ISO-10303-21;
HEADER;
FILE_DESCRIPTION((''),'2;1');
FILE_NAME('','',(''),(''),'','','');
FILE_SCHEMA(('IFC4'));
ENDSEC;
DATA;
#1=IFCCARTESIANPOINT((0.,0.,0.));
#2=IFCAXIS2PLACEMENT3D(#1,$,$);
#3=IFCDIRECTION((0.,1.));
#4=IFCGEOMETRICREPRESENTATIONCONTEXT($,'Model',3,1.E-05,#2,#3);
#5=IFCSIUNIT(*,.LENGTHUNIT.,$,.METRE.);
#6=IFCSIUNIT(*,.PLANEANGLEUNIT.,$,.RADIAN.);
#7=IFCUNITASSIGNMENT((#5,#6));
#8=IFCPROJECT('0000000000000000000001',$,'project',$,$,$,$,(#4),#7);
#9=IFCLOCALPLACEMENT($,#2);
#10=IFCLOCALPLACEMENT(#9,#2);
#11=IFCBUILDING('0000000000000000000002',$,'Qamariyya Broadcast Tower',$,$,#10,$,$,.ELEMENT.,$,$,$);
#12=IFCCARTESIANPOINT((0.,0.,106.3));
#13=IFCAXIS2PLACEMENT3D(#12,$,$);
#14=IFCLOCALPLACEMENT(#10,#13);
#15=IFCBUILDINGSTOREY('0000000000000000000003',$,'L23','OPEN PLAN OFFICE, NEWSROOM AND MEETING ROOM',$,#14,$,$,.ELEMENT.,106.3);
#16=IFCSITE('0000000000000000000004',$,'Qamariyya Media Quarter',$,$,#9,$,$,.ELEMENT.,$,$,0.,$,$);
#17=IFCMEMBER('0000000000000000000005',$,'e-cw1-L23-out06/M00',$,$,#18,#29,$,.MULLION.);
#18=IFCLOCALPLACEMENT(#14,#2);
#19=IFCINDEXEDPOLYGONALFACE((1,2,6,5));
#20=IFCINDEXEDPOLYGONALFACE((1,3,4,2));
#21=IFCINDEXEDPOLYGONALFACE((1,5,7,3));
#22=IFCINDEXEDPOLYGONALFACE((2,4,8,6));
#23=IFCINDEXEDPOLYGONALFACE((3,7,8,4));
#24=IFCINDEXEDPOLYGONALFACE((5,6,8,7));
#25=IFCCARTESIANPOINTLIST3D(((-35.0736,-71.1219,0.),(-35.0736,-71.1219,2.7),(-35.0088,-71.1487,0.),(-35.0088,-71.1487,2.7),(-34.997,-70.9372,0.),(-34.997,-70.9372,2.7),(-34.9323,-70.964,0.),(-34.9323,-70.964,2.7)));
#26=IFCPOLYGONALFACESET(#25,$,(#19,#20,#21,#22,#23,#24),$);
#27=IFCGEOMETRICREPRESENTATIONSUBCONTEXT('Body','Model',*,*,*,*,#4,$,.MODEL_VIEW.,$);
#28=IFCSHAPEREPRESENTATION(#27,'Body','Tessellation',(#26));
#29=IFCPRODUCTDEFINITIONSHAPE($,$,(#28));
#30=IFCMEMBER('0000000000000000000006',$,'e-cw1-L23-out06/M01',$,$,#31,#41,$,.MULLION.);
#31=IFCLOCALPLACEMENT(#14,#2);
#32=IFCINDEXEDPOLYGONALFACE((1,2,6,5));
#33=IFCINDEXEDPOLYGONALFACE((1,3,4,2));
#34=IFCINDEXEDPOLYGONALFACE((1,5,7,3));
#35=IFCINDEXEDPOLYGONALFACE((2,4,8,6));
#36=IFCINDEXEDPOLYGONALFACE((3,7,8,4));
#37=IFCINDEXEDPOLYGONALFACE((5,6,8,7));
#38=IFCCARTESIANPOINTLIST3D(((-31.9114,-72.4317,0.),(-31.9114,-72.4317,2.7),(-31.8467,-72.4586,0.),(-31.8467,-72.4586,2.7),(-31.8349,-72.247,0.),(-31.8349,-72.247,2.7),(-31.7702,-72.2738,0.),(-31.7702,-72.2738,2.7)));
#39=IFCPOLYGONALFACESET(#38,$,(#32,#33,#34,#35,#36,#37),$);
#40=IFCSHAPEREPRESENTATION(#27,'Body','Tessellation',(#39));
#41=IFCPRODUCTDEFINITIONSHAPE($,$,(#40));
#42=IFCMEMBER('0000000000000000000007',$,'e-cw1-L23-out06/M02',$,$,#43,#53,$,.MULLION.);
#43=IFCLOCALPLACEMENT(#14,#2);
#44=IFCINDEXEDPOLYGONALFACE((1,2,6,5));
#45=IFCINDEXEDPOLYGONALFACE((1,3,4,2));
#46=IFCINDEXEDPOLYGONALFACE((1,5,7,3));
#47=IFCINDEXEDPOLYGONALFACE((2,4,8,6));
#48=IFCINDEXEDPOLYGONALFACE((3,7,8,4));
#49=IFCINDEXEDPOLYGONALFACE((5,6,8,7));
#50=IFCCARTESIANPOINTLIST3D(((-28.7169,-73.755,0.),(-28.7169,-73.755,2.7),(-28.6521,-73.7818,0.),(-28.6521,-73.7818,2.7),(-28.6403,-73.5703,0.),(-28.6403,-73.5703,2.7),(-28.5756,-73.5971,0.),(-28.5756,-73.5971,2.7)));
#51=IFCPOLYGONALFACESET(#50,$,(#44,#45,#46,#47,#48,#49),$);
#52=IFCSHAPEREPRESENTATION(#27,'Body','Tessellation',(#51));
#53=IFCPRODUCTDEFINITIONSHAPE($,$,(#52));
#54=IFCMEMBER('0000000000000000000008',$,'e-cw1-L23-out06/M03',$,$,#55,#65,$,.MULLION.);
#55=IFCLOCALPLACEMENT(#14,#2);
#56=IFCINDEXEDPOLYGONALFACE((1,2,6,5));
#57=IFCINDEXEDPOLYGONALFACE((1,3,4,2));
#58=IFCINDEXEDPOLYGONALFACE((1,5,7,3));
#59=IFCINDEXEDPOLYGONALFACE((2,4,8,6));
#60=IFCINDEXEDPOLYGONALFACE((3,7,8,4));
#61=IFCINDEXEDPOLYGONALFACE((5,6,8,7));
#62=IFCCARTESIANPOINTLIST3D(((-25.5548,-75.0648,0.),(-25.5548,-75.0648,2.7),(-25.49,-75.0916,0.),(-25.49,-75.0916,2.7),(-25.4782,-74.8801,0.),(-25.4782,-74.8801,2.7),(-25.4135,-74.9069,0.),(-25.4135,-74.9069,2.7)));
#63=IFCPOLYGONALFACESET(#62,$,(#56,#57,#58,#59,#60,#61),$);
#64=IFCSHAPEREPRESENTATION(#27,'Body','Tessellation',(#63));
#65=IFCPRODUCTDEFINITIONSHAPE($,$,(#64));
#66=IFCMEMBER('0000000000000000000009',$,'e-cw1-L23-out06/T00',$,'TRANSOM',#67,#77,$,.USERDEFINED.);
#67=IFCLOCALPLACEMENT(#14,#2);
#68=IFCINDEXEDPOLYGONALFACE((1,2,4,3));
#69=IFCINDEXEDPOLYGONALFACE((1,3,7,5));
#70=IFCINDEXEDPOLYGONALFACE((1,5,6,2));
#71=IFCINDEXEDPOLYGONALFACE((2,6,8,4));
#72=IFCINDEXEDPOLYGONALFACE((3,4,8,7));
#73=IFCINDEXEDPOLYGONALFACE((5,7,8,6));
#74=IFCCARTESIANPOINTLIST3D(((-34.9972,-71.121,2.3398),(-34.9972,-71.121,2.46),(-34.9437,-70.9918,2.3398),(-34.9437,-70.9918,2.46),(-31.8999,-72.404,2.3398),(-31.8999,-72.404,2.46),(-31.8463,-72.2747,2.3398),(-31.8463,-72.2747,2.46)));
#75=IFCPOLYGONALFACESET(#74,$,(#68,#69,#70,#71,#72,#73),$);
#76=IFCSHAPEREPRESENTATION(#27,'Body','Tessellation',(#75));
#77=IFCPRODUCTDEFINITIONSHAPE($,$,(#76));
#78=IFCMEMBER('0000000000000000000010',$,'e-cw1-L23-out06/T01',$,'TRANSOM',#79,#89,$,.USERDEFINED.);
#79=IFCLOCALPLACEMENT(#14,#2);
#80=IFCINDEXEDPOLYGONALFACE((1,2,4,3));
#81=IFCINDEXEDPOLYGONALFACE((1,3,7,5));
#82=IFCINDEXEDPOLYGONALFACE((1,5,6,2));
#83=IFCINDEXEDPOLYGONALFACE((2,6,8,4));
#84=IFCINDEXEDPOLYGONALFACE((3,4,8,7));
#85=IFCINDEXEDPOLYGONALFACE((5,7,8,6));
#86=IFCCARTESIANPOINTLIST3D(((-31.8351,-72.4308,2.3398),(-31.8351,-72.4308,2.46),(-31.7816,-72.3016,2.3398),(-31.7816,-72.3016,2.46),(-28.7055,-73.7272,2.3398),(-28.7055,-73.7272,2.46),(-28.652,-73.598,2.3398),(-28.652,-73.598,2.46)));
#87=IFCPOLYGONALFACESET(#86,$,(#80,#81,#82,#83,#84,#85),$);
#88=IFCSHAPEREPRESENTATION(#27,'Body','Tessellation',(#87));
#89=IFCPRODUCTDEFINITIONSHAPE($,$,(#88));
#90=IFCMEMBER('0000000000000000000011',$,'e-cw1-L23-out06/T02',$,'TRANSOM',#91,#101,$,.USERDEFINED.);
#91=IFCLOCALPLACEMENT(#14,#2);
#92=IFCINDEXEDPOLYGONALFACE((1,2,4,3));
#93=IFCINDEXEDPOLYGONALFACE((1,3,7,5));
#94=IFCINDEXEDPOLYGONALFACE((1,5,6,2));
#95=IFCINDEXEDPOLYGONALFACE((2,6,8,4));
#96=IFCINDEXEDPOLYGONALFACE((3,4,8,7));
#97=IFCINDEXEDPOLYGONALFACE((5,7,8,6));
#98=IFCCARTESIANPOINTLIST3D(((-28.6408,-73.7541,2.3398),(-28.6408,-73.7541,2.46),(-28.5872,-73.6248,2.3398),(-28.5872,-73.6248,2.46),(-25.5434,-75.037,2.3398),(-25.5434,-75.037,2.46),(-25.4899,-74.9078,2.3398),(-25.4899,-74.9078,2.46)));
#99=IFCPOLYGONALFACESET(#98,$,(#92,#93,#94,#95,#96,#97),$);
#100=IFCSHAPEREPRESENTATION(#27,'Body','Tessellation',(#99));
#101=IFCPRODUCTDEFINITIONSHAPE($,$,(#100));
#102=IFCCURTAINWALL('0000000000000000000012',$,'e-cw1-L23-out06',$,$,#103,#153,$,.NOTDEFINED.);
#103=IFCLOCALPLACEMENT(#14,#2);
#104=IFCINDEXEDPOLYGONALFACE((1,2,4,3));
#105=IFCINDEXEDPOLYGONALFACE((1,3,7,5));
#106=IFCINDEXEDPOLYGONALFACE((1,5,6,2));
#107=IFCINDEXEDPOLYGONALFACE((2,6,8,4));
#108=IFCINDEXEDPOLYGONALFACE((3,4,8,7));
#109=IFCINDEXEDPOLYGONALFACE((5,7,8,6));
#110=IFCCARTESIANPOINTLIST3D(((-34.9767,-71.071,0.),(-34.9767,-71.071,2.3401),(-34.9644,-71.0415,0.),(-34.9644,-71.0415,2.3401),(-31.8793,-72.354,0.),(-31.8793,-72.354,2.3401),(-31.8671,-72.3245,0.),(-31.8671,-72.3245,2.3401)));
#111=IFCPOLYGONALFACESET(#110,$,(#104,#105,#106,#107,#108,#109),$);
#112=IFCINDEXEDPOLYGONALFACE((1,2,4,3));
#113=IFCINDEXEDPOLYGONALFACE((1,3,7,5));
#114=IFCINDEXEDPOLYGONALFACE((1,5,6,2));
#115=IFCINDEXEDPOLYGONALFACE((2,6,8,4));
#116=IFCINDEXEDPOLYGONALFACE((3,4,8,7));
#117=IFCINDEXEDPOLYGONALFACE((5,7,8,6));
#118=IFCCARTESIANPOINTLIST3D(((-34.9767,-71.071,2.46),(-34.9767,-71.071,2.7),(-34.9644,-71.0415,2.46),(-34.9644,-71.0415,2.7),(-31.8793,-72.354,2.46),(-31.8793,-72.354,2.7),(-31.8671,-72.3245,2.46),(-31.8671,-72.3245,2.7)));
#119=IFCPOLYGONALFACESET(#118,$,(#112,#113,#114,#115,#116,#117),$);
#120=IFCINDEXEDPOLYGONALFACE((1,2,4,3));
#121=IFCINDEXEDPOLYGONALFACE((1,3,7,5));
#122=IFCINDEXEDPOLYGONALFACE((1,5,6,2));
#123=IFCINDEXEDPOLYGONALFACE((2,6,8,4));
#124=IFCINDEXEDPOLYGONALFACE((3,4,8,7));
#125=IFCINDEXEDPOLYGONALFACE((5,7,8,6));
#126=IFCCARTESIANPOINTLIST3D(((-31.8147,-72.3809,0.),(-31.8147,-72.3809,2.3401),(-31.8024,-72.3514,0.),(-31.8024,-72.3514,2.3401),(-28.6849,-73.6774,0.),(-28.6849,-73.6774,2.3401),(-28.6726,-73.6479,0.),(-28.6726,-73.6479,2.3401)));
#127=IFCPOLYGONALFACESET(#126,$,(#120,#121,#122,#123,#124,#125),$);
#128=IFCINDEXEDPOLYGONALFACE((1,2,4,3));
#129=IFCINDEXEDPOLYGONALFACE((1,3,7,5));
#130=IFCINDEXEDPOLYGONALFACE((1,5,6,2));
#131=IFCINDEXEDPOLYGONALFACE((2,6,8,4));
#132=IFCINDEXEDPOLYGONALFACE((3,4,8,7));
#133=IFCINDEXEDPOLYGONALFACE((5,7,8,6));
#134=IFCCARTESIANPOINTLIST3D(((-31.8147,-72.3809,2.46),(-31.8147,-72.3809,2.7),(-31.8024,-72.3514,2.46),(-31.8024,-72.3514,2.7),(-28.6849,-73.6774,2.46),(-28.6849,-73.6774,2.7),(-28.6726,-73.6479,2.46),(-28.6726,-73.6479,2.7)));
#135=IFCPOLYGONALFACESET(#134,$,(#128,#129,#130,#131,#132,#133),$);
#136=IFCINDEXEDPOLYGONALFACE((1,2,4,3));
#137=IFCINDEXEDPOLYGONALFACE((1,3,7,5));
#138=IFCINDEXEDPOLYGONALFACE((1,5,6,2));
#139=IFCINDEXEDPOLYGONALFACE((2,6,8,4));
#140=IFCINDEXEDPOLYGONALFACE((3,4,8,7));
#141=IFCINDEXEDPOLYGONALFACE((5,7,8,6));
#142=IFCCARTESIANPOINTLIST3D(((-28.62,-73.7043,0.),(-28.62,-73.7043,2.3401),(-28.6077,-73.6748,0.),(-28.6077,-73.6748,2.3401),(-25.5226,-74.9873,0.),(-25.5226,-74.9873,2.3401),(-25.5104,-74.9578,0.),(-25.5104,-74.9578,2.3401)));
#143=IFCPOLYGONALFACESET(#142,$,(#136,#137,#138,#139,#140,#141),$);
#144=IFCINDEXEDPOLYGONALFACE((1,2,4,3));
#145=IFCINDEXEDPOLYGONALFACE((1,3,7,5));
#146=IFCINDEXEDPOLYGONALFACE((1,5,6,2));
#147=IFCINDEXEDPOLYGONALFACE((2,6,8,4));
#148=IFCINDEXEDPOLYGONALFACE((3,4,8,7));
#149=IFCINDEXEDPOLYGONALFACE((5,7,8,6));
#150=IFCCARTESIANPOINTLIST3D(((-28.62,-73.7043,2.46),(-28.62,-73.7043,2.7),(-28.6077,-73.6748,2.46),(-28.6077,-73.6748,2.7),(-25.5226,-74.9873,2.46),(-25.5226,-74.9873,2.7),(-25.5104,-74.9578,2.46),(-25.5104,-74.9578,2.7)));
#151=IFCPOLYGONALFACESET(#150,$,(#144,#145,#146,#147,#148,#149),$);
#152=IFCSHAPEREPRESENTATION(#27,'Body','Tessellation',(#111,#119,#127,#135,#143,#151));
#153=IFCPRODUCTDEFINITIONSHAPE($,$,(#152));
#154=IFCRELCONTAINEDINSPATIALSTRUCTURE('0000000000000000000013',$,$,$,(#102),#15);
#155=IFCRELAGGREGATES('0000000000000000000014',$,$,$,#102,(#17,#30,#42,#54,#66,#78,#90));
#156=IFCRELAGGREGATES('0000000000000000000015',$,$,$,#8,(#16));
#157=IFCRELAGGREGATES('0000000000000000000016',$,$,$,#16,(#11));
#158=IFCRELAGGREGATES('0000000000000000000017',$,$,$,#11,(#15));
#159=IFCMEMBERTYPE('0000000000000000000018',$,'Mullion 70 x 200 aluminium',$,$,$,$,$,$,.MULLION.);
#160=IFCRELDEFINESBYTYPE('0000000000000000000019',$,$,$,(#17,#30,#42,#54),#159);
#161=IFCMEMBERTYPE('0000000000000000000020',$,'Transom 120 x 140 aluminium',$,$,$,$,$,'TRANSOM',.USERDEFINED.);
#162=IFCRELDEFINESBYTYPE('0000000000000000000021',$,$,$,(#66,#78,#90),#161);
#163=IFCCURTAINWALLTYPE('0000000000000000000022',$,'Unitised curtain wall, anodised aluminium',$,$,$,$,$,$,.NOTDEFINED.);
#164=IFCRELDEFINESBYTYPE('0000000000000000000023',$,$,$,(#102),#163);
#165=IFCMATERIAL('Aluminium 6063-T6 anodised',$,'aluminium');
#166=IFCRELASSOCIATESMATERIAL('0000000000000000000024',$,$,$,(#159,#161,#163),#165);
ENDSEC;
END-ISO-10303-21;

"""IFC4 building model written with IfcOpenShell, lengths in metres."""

from ifc_helpers import new_model, si_unit, direction, frame, origin, origin_2d, place, context, subcontext, project, spatial, rectangle, extrude, material, material_profile, profile_set, type_object, element, aggregate, save


model = new_model("IFC4")

# Units and contexts
model_context = context("Model", 3, precision=1e-05, world=origin(), true_north=direction((0.0, 1.0)))
body_context = subcontext(model_context, "Body", "Model", "MODEL_VIEW")
ifc_project = project(units=[si_unit("LENGTHUNIT", "METRE"), si_unit("PLANEANGLEUNIT", "RADIAN")], contexts=[model_context])

# Members
ifc_material = material(Name="Aluminium 6063-T6 anodised", Category="aluminium")
ifc_material_profile_1 = material_profile(ifc_material, rectangle(XDim=0.2, YDim=0.0701, at=origin_2d()))
ifc_profile_set_1 = profile_set([ifc_material_profile_1], Name="Aluminium 6063-T6 anodised")
member_type_1 = type_object("IfcMemberType", Name="Mullion 70 x 200 aluminium", PredefinedType="MULLION", material=ifc_profile_set_1)
site_placement = place(None, origin())
building_placement = place(site_placement, origin())
storey_placement = place(building_placement, frame((0.0, 0.0, 106.3)))
member_1_placement = place(storey_placement, frame((-35.0029, -71.043, 0.0), z_axis=(0.0, 0.0, 1.0), x_axis=(0.382683, 0.92388, 0.0)))
member_1 = element("IfcMember", 1, at=member_1_placement, type_object=member_type_1, Name="e-cw1-L23-out06/M00", PredefinedType="MULLION", context=body_context, shape_type="SweptSolid", body=[
    extrude(rectangle(XDim=0.2, YDim=0.0701, at=origin_2d()), origin(), (0.0, 0.0, 1.0), 2.7),
])
member_2_placement = place(storey_placement, frame((-31.8408, -72.3528, 0.0), z_axis=(0.0, 0.0, 1.0), x_axis=(0.382683, 0.92388, 0.0)))
member_2 = element("IfcMember", 2, at=member_2_placement, type_object=member_type_1, Name="e-cw1-L23-out06/M01", PredefinedType="MULLION", context=body_context, shape_type="SweptSolid", body=[
    extrude(rectangle(XDim=0.2, YDim=0.0701, at=origin_2d()), origin(), (0.0, 0.0, 1.0), 2.7),
])
member_3_placement = place(storey_placement, frame((-28.6462, -73.676, 0.0), z_axis=(0.0, 0.0, 1.0), x_axis=(0.382683, 0.92388, 0.0)))
member_3 = element("IfcMember", 3, at=member_3_placement, type_object=member_type_1, Name="e-cw1-L23-out06/M02", PredefinedType="MULLION", context=body_context, shape_type="SweptSolid", body=[
    extrude(rectangle(XDim=0.2, YDim=0.0701, at=origin_2d()), origin(), (0.0, 0.0, 1.0), 2.7),
])
member_4_placement = place(storey_placement, frame((-25.4841, -74.9858, 0.0), z_axis=(0.0, 0.0, 1.0), x_axis=(0.382683, 0.92388, 0.0)))
member_4 = element("IfcMember", 4, at=member_4_placement, type_object=member_type_1, Name="e-cw1-L23-out06/M03", PredefinedType="MULLION", context=body_context, shape_type="SweptSolid", body=[
    extrude(rectangle(XDim=0.2, YDim=0.0701, at=origin_2d()), origin(), (0.0, 0.0, 1.0), 2.7),
])
ifc_material_profile_2 = material_profile(ifc_material, rectangle(XDim=0.1399, YDim=0.1201, at=origin_2d()))
ifc_profile_set_2 = profile_set([ifc_material_profile_2], Name="Aluminium 6063-T6 anodised")
member_type_2 = type_object("IfcMemberType", Name="Transom 120 x 140 aluminium", ElementType="TRANSOM", PredefinedType="USERDEFINED", material=ifc_profile_set_2)
member_5_placement = place(storey_placement, frame((-34.9705, -71.0564, 2.3999), z_axis=(0.923883, -0.382676, 0.0), x_axis=(0.382676, 0.923883, 0.0)))
member_5 = element("IfcMember", 5, at=member_5_placement, type_object=member_type_2, Name="e-cw1-L23-out06/T00", ObjectType="TRANSOM", PredefinedType="USERDEFINED", context=body_context, shape_type="SweptSolid", body=[
    extrude(rectangle(XDim=0.1399, YDim=0.1201, at=origin_2d()), origin(), (0.0, 0.0, 1.0), 3.3525),
])
member_6_placement = place(storey_placement, frame((-31.8083, -72.3662, 2.3999), z_axis=(0.923875, -0.382696, 0.0), x_axis=(0.382696, 0.923875, 0.0)))
member_6 = element("IfcMember", 6, at=member_6_placement, type_object=member_type_2, Name="e-cw1-L23-out06/T01", ObjectType="TRANSOM", PredefinedType="USERDEFINED", context=body_context, shape_type="SweptSolid", body=[
    extrude(rectangle(XDim=0.1399, YDim=0.1201, at=origin_2d()), origin(), (0.0, 0.0, 1.0), 3.3875),
])
member_7_placement = place(storey_placement, frame((-28.614, -73.6895, 2.3999), z_axis=(0.923883, -0.382676, 0.0), x_axis=(0.382676, 0.923883, 0.0)))
member_7 = element("IfcMember", 7, at=member_7_placement, type_object=member_type_2, Name="e-cw1-L23-out06/T02", ObjectType="TRANSOM", PredefinedType="USERDEFINED", context=body_context, shape_type="SweptSolid", body=[
    extrude(rectangle(XDim=0.1399, YDim=0.1201, at=origin_2d()), origin(), (0.0, 0.0, 1.0), 3.3525),
])

# Site, building, storey
site = spatial("IfcSite", under=ifc_project, at=site_placement, Name="Qamariyya Media Quarter", CompositionType="ELEMENT", RefElevation=0.0)
building = spatial("IfcBuilding", under=site, at=building_placement, Name="Qamariyya Broadcast Tower", CompositionType="ELEMENT")
storey = spatial("IfcBuildingStorey", under=building, at=storey_placement, Name="L23", Description="OPEN PLAN OFFICE, NEWSROOM AND MEETING ROOM", CompositionType="ELEMENT", Elevation=106.3)

# Curtain wall
curtain_wall_type = type_object("IfcCurtainWallType", Name="Unitised curtain wall, anodised aluminium", PredefinedType="NOTDEFINED", material=ifc_material)
curtain_wall_1_placement = place(storey_placement, origin())
curtain_wall_1 = element("IfcCurtainWall", 8, at=curtain_wall_1_placement, inside=storey, type_object=curtain_wall_type, Name="e-cw1-L23-out06", PredefinedType="NOTDEFINED", context=body_context, shape_type="SweptSolid", body=[
    extrude(rectangle(XDim=3.3525, YDim=0.032, at=origin_2d()), frame((-33.4219, -71.6978, 0.0), x_axis=(0.923872, -0.382701, 0.0)), (0.0, 0.0, 1.0), 2.3401),
    extrude(rectangle(XDim=3.3525, YDim=0.032, at=origin_2d()), frame((-33.4219, -71.6978, 2.46), x_axis=(0.923872, -0.382701, 0.0)), (0.0, 0.0, 1.0), 0.24),
    extrude(rectangle(XDim=3.3877, YDim=0.032, at=origin_2d()), frame((-30.2437, -73.0144, 0.0), x_axis=(0.923872, -0.382701, 0.0)), (0.0, 0.0, 1.0), 2.3401),
    extrude(rectangle(XDim=3.3877, YDim=0.032, at=origin_2d()), frame((-30.2437, -73.0144, 2.46), x_axis=(0.923872, -0.382701, 0.0)), (0.0, 0.0, 1.0), 0.24),
    extrude(rectangle(XDim=3.3525, YDim=0.032, at=origin_2d()), frame((-27.0652, -74.3311, 0.0), x_axis=(0.923872, -0.382701, 0.0)), (0.0, 0.0, 1.0), 2.3401),
    extrude(rectangle(XDim=3.3525, YDim=0.032, at=origin_2d()), frame((-27.0652, -74.3311, 2.46), x_axis=(0.923872, -0.382701, 0.0)), (0.0, 0.0, 1.0), 0.24),
])
aggregate(curtain_wall_1, [member_1, member_2, member_3, member_4, member_5, member_6, member_7])

save(model, "model.ifc")
